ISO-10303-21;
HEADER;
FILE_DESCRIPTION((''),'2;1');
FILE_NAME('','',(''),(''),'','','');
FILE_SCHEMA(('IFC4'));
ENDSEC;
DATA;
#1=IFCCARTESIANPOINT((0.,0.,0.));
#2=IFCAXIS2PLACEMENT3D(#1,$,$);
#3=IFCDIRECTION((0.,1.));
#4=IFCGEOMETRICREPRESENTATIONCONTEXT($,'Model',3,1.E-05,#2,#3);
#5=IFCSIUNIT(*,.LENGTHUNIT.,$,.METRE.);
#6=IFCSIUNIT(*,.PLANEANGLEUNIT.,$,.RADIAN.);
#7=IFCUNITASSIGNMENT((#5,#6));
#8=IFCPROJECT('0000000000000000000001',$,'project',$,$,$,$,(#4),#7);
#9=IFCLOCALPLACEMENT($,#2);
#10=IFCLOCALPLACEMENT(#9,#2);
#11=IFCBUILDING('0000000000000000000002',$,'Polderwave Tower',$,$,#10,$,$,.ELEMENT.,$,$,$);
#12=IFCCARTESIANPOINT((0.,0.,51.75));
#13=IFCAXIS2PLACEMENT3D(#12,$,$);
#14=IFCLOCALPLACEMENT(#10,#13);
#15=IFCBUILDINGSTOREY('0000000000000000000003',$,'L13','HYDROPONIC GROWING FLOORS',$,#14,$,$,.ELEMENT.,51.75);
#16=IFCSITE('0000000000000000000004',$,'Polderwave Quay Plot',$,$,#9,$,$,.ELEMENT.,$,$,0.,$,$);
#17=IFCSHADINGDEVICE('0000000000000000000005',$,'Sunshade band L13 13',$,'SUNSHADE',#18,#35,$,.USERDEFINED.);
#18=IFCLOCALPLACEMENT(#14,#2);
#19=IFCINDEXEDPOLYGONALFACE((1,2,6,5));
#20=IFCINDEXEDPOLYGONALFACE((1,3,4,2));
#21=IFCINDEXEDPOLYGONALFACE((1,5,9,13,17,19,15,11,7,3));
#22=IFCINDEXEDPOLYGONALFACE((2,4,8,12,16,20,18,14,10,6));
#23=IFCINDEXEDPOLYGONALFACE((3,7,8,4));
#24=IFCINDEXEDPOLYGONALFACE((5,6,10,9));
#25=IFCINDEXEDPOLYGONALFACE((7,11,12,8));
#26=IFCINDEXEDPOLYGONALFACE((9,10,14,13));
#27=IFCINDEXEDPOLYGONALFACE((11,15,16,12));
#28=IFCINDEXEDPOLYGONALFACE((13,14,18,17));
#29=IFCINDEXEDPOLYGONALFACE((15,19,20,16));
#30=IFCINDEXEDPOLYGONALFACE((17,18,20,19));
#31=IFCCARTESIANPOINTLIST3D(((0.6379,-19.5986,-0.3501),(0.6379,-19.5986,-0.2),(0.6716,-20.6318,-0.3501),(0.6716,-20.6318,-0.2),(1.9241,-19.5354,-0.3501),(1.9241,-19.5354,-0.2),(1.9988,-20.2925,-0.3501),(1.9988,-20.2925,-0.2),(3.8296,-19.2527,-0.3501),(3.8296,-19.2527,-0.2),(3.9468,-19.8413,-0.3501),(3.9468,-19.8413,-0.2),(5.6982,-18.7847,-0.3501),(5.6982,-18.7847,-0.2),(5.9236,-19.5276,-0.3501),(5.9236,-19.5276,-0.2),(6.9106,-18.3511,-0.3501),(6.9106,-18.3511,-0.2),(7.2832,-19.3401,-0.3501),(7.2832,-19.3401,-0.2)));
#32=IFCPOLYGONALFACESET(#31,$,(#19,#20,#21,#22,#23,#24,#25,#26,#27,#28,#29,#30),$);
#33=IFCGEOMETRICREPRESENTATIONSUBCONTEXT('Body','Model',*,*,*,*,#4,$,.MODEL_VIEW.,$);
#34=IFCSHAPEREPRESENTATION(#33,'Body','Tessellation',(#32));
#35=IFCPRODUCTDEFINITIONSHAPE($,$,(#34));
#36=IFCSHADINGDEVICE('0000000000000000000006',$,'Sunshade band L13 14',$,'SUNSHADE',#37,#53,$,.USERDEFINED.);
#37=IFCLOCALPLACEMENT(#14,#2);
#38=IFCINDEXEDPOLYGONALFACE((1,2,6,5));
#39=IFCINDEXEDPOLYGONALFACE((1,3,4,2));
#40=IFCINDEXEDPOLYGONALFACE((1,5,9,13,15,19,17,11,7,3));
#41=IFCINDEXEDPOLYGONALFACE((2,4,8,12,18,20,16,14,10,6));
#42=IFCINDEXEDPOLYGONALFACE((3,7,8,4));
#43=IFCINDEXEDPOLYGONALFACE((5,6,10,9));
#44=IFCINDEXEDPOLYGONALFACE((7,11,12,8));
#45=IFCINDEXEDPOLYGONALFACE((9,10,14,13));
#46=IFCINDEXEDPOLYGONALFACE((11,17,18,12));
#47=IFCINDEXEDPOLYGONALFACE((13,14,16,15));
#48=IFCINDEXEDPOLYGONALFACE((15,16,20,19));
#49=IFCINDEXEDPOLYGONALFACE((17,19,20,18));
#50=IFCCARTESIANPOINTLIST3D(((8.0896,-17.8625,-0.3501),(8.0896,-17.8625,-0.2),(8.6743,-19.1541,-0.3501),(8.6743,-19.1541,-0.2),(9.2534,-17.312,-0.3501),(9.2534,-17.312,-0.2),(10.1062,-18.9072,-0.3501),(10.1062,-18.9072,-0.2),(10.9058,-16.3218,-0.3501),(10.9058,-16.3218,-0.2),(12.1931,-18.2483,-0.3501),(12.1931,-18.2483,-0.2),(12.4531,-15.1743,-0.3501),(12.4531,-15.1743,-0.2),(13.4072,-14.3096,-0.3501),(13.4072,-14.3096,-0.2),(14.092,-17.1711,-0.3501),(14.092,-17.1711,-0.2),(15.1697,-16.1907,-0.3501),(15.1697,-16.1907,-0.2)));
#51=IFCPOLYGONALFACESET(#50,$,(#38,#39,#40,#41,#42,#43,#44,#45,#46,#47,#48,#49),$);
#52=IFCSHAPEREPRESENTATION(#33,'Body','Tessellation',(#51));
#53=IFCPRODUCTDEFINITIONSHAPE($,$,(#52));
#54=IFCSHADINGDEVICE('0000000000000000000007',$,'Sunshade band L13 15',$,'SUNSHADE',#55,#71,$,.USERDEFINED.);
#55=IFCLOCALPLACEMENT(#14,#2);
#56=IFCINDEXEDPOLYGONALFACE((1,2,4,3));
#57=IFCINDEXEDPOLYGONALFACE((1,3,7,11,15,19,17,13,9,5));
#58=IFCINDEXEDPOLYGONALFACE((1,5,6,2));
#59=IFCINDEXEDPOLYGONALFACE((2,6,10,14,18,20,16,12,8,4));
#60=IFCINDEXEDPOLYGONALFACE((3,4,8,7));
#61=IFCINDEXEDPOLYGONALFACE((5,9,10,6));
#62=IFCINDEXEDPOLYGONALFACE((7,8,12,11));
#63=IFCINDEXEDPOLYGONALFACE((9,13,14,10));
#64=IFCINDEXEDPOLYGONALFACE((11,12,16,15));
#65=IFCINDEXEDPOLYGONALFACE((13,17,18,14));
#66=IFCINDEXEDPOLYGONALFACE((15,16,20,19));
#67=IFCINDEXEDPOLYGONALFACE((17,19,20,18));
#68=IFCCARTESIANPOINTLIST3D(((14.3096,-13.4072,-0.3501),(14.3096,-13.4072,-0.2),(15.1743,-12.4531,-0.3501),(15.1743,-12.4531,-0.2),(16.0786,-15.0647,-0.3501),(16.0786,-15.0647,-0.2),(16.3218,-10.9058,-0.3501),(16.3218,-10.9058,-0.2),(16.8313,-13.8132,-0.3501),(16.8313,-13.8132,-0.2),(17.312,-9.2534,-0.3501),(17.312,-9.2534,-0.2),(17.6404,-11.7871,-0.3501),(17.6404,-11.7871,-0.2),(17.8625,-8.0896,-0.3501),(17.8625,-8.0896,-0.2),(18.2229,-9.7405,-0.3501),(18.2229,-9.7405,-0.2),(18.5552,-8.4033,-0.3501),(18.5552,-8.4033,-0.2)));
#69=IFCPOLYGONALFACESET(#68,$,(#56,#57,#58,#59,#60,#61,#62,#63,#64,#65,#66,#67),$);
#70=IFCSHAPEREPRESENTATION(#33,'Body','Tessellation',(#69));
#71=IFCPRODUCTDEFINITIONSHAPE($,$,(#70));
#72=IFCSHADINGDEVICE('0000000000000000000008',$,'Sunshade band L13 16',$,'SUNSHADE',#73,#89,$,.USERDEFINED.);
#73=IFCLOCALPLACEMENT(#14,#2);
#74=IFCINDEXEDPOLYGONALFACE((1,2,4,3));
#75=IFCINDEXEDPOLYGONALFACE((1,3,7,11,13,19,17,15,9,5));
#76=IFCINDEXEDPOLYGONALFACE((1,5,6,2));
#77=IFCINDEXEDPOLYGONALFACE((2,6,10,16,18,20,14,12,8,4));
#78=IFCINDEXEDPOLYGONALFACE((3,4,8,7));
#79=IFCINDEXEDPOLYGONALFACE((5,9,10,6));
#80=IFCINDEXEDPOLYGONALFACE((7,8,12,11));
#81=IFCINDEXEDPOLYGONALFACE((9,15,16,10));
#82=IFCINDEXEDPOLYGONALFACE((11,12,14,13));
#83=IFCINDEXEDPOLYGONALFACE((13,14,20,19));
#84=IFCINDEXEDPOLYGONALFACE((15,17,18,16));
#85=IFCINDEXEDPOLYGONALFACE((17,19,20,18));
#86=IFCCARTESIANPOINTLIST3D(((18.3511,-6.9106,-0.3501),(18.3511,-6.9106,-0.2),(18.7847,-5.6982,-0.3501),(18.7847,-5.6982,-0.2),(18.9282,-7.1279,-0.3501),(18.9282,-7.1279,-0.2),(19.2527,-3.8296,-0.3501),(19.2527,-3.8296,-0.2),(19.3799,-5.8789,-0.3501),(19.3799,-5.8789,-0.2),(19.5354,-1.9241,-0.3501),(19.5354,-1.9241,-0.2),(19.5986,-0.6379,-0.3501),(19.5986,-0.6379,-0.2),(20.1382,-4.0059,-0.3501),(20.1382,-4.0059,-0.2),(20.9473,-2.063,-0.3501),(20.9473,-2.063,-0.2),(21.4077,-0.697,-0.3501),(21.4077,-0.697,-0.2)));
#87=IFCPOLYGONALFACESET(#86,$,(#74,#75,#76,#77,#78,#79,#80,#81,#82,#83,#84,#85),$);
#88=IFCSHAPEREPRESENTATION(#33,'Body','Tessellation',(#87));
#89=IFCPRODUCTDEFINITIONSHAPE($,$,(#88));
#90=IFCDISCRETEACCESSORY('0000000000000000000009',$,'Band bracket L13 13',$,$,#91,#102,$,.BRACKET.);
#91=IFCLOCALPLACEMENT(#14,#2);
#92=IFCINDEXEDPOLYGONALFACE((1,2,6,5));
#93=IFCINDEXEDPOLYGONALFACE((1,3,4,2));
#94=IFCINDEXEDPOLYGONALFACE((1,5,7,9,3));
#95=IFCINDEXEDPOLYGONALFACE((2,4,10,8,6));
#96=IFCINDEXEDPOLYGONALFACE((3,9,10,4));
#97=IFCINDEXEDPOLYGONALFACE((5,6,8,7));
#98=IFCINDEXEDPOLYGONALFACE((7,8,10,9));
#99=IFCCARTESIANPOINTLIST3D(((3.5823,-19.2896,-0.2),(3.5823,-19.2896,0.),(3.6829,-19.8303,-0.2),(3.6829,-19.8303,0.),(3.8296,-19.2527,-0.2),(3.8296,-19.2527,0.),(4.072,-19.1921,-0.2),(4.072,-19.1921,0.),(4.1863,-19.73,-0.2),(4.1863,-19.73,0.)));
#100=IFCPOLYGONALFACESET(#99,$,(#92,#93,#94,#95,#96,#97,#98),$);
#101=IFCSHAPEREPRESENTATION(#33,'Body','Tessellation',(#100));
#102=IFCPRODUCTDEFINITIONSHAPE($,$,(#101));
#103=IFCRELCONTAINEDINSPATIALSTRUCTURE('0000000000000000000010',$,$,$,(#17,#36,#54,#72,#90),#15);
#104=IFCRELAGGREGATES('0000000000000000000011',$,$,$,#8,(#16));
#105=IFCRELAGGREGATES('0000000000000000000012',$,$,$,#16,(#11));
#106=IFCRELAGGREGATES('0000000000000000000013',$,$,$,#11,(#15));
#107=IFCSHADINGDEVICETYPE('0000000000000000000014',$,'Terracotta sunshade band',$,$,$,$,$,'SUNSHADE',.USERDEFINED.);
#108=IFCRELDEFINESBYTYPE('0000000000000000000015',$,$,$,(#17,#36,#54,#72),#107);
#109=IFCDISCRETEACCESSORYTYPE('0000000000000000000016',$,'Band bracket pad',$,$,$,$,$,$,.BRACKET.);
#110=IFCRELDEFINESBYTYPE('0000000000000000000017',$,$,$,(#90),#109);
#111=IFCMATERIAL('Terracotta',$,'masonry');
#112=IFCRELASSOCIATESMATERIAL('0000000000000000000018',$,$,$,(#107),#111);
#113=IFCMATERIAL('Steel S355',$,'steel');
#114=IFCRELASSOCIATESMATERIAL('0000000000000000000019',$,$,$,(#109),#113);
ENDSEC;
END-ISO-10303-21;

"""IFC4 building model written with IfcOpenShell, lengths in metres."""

from ifc_helpers import new_model, si_unit, direction, frame, origin, place, context, subcontext, project, spatial, polyline, outline, extrude, material, type_object, element, save


model = new_model("IFC4")

# Units and contexts
model_context = context("Model", 3, precision=1e-05, world=origin(), true_north=direction((0.0, 1.0)))
body_context = subcontext(model_context, "Body", "Model", "MODEL_VIEW")
ifc_project = project(units=[si_unit("LENGTHUNIT", "METRE"), si_unit("PLANEANGLEUNIT", "RADIAN")], contexts=[model_context])

# Site, building, storey
site_placement = place(None, origin())
site = spatial("IfcSite", under=ifc_project, at=site_placement, Name="Polderwave Quay Plot", CompositionType="ELEMENT", RefElevation=0.0)
building_placement = place(site_placement, origin())
building = spatial("IfcBuilding", under=site, at=building_placement, Name="Polderwave Tower", CompositionType="ELEMENT")
storey_placement = place(building_placement, frame((0.0, 0.0, 51.75)))
storey = spatial("IfcBuildingStorey", under=building, at=storey_placement, Name="L13", Description="HYDROPONIC GROWING FLOORS", CompositionType="ELEMENT", Elevation=51.75)

# Shading devices
ifc_material_1 = material(Name="Terracotta", Category="masonry")
shading_device_type = type_object("IfcShadingDeviceType", Name="Terracotta sunshade band", ElementType="SUNSHADE", PredefinedType="USERDEFINED", material=ifc_material_1)
shading_device_1_placement = place(storey_placement, frame((0.0, 0.0, -0.3501)))
element("IfcShadingDevice", 1, at=shading_device_1_placement, inside=storey, type_object=shading_device_type, Name="Sunshade band L13 13", ObjectType="SUNSHADE", PredefinedType="USERDEFINED", context=body_context, shape_type="SweptSolid", body=[
    extrude(outline(polyline([(0.6379, -19.5986), (1.9241, -19.5354), (3.8296, -19.2527), (5.6982, -18.7847), (6.9106, -18.3511), (7.2832, -19.3401), (5.9236, -19.5276), (3.9468, -19.8413), (1.9988, -20.2925), (0.6716, -20.6318), (0.6379, -19.5986)])), origin(), (0.0, 0.0, 1.0), 0.1501),
])
shading_device_2_placement = place(storey_placement, frame((0.0, 0.0, -0.3501)))
element("IfcShadingDevice", 2, at=shading_device_2_placement, inside=storey, type_object=shading_device_type, Name="Sunshade band L13 14", ObjectType="SUNSHADE", PredefinedType="USERDEFINED", context=body_context, shape_type="SweptSolid", body=[
    extrude(outline(polyline([(8.0896, -17.8625), (9.2534, -17.312), (10.9058, -16.3218), (12.4531, -15.1743), (13.4072, -14.3096), (15.1697, -16.1907), (14.092, -17.1711), (12.1931, -18.2483), (10.1062, -18.9072), (8.6743, -19.1541), (8.0896, -17.8625)])), origin(), (0.0, 0.0, 1.0), 0.1501),
])
shading_device_3_placement = place(storey_placement, frame((0.0, 0.0, -0.3501)))
element("IfcShadingDevice", 3, at=shading_device_3_placement, inside=storey, type_object=shading_device_type, Name="Sunshade band L13 15", ObjectType="SUNSHADE", PredefinedType="USERDEFINED", context=body_context, shape_type="SweptSolid", body=[
    extrude(outline(polyline([(14.3096, -13.4072), (15.1743, -12.4531), (16.3218, -10.9058), (17.312, -9.2534), (17.8625, -8.0896), (18.5552, -8.4033), (18.2229, -9.7405), (17.6404, -11.7871), (16.8313, -13.8132), (16.0786, -15.0647), (14.3096, -13.4072)])), origin(), (0.0, 0.0, 1.0), 0.1501),
])
shading_device_4_placement = place(storey_placement, frame((0.0, 0.0, -0.3501)))
element("IfcShadingDevice", 4, at=shading_device_4_placement, inside=storey, type_object=shading_device_type, Name="Sunshade band L13 16", ObjectType="SUNSHADE", PredefinedType="USERDEFINED", context=body_context, shape_type="SweptSolid", body=[
    extrude(outline(polyline([(18.3511, -6.9106), (18.7847, -5.6982), (19.2527, -3.8296), (19.5354, -1.9241), (19.5986, -0.6379), (21.4077, -0.697), (20.9473, -2.063), (20.1382, -4.0059), (19.3799, -5.8789), (18.9282, -7.1279), (18.3511, -6.9106)])), origin(), (0.0, 0.0, 1.0), 0.1501),
])

# Discrete accessory
ifc_material_2 = material(Name="Steel S355", Category="steel")
discrete_accessory_type = type_object("IfcDiscreteAccessoryType", Name="Band bracket pad", PredefinedType="BRACKET", material=ifc_material_2)
discrete_accessory_placement = place(storey_placement, frame((0.0, 0.0, -0.2)))
element("IfcDiscreteAccessory", 5, at=discrete_accessory_placement, inside=storey, type_object=discrete_accessory_type, Name="Band bracket L13 13", PredefinedType="BRACKET", context=body_context, shape_type="SweptSolid", body=[
    extrude(outline(polyline([(3.5823, -19.2896), (3.8296, -19.2527), (4.072, -19.1921), (4.1863, -19.73), (3.6829, -19.8303), (3.5823, -19.2896)])), origin(), (0.0, 0.0, 1.0), 0.2),
])

save(model, "model.ifc")
